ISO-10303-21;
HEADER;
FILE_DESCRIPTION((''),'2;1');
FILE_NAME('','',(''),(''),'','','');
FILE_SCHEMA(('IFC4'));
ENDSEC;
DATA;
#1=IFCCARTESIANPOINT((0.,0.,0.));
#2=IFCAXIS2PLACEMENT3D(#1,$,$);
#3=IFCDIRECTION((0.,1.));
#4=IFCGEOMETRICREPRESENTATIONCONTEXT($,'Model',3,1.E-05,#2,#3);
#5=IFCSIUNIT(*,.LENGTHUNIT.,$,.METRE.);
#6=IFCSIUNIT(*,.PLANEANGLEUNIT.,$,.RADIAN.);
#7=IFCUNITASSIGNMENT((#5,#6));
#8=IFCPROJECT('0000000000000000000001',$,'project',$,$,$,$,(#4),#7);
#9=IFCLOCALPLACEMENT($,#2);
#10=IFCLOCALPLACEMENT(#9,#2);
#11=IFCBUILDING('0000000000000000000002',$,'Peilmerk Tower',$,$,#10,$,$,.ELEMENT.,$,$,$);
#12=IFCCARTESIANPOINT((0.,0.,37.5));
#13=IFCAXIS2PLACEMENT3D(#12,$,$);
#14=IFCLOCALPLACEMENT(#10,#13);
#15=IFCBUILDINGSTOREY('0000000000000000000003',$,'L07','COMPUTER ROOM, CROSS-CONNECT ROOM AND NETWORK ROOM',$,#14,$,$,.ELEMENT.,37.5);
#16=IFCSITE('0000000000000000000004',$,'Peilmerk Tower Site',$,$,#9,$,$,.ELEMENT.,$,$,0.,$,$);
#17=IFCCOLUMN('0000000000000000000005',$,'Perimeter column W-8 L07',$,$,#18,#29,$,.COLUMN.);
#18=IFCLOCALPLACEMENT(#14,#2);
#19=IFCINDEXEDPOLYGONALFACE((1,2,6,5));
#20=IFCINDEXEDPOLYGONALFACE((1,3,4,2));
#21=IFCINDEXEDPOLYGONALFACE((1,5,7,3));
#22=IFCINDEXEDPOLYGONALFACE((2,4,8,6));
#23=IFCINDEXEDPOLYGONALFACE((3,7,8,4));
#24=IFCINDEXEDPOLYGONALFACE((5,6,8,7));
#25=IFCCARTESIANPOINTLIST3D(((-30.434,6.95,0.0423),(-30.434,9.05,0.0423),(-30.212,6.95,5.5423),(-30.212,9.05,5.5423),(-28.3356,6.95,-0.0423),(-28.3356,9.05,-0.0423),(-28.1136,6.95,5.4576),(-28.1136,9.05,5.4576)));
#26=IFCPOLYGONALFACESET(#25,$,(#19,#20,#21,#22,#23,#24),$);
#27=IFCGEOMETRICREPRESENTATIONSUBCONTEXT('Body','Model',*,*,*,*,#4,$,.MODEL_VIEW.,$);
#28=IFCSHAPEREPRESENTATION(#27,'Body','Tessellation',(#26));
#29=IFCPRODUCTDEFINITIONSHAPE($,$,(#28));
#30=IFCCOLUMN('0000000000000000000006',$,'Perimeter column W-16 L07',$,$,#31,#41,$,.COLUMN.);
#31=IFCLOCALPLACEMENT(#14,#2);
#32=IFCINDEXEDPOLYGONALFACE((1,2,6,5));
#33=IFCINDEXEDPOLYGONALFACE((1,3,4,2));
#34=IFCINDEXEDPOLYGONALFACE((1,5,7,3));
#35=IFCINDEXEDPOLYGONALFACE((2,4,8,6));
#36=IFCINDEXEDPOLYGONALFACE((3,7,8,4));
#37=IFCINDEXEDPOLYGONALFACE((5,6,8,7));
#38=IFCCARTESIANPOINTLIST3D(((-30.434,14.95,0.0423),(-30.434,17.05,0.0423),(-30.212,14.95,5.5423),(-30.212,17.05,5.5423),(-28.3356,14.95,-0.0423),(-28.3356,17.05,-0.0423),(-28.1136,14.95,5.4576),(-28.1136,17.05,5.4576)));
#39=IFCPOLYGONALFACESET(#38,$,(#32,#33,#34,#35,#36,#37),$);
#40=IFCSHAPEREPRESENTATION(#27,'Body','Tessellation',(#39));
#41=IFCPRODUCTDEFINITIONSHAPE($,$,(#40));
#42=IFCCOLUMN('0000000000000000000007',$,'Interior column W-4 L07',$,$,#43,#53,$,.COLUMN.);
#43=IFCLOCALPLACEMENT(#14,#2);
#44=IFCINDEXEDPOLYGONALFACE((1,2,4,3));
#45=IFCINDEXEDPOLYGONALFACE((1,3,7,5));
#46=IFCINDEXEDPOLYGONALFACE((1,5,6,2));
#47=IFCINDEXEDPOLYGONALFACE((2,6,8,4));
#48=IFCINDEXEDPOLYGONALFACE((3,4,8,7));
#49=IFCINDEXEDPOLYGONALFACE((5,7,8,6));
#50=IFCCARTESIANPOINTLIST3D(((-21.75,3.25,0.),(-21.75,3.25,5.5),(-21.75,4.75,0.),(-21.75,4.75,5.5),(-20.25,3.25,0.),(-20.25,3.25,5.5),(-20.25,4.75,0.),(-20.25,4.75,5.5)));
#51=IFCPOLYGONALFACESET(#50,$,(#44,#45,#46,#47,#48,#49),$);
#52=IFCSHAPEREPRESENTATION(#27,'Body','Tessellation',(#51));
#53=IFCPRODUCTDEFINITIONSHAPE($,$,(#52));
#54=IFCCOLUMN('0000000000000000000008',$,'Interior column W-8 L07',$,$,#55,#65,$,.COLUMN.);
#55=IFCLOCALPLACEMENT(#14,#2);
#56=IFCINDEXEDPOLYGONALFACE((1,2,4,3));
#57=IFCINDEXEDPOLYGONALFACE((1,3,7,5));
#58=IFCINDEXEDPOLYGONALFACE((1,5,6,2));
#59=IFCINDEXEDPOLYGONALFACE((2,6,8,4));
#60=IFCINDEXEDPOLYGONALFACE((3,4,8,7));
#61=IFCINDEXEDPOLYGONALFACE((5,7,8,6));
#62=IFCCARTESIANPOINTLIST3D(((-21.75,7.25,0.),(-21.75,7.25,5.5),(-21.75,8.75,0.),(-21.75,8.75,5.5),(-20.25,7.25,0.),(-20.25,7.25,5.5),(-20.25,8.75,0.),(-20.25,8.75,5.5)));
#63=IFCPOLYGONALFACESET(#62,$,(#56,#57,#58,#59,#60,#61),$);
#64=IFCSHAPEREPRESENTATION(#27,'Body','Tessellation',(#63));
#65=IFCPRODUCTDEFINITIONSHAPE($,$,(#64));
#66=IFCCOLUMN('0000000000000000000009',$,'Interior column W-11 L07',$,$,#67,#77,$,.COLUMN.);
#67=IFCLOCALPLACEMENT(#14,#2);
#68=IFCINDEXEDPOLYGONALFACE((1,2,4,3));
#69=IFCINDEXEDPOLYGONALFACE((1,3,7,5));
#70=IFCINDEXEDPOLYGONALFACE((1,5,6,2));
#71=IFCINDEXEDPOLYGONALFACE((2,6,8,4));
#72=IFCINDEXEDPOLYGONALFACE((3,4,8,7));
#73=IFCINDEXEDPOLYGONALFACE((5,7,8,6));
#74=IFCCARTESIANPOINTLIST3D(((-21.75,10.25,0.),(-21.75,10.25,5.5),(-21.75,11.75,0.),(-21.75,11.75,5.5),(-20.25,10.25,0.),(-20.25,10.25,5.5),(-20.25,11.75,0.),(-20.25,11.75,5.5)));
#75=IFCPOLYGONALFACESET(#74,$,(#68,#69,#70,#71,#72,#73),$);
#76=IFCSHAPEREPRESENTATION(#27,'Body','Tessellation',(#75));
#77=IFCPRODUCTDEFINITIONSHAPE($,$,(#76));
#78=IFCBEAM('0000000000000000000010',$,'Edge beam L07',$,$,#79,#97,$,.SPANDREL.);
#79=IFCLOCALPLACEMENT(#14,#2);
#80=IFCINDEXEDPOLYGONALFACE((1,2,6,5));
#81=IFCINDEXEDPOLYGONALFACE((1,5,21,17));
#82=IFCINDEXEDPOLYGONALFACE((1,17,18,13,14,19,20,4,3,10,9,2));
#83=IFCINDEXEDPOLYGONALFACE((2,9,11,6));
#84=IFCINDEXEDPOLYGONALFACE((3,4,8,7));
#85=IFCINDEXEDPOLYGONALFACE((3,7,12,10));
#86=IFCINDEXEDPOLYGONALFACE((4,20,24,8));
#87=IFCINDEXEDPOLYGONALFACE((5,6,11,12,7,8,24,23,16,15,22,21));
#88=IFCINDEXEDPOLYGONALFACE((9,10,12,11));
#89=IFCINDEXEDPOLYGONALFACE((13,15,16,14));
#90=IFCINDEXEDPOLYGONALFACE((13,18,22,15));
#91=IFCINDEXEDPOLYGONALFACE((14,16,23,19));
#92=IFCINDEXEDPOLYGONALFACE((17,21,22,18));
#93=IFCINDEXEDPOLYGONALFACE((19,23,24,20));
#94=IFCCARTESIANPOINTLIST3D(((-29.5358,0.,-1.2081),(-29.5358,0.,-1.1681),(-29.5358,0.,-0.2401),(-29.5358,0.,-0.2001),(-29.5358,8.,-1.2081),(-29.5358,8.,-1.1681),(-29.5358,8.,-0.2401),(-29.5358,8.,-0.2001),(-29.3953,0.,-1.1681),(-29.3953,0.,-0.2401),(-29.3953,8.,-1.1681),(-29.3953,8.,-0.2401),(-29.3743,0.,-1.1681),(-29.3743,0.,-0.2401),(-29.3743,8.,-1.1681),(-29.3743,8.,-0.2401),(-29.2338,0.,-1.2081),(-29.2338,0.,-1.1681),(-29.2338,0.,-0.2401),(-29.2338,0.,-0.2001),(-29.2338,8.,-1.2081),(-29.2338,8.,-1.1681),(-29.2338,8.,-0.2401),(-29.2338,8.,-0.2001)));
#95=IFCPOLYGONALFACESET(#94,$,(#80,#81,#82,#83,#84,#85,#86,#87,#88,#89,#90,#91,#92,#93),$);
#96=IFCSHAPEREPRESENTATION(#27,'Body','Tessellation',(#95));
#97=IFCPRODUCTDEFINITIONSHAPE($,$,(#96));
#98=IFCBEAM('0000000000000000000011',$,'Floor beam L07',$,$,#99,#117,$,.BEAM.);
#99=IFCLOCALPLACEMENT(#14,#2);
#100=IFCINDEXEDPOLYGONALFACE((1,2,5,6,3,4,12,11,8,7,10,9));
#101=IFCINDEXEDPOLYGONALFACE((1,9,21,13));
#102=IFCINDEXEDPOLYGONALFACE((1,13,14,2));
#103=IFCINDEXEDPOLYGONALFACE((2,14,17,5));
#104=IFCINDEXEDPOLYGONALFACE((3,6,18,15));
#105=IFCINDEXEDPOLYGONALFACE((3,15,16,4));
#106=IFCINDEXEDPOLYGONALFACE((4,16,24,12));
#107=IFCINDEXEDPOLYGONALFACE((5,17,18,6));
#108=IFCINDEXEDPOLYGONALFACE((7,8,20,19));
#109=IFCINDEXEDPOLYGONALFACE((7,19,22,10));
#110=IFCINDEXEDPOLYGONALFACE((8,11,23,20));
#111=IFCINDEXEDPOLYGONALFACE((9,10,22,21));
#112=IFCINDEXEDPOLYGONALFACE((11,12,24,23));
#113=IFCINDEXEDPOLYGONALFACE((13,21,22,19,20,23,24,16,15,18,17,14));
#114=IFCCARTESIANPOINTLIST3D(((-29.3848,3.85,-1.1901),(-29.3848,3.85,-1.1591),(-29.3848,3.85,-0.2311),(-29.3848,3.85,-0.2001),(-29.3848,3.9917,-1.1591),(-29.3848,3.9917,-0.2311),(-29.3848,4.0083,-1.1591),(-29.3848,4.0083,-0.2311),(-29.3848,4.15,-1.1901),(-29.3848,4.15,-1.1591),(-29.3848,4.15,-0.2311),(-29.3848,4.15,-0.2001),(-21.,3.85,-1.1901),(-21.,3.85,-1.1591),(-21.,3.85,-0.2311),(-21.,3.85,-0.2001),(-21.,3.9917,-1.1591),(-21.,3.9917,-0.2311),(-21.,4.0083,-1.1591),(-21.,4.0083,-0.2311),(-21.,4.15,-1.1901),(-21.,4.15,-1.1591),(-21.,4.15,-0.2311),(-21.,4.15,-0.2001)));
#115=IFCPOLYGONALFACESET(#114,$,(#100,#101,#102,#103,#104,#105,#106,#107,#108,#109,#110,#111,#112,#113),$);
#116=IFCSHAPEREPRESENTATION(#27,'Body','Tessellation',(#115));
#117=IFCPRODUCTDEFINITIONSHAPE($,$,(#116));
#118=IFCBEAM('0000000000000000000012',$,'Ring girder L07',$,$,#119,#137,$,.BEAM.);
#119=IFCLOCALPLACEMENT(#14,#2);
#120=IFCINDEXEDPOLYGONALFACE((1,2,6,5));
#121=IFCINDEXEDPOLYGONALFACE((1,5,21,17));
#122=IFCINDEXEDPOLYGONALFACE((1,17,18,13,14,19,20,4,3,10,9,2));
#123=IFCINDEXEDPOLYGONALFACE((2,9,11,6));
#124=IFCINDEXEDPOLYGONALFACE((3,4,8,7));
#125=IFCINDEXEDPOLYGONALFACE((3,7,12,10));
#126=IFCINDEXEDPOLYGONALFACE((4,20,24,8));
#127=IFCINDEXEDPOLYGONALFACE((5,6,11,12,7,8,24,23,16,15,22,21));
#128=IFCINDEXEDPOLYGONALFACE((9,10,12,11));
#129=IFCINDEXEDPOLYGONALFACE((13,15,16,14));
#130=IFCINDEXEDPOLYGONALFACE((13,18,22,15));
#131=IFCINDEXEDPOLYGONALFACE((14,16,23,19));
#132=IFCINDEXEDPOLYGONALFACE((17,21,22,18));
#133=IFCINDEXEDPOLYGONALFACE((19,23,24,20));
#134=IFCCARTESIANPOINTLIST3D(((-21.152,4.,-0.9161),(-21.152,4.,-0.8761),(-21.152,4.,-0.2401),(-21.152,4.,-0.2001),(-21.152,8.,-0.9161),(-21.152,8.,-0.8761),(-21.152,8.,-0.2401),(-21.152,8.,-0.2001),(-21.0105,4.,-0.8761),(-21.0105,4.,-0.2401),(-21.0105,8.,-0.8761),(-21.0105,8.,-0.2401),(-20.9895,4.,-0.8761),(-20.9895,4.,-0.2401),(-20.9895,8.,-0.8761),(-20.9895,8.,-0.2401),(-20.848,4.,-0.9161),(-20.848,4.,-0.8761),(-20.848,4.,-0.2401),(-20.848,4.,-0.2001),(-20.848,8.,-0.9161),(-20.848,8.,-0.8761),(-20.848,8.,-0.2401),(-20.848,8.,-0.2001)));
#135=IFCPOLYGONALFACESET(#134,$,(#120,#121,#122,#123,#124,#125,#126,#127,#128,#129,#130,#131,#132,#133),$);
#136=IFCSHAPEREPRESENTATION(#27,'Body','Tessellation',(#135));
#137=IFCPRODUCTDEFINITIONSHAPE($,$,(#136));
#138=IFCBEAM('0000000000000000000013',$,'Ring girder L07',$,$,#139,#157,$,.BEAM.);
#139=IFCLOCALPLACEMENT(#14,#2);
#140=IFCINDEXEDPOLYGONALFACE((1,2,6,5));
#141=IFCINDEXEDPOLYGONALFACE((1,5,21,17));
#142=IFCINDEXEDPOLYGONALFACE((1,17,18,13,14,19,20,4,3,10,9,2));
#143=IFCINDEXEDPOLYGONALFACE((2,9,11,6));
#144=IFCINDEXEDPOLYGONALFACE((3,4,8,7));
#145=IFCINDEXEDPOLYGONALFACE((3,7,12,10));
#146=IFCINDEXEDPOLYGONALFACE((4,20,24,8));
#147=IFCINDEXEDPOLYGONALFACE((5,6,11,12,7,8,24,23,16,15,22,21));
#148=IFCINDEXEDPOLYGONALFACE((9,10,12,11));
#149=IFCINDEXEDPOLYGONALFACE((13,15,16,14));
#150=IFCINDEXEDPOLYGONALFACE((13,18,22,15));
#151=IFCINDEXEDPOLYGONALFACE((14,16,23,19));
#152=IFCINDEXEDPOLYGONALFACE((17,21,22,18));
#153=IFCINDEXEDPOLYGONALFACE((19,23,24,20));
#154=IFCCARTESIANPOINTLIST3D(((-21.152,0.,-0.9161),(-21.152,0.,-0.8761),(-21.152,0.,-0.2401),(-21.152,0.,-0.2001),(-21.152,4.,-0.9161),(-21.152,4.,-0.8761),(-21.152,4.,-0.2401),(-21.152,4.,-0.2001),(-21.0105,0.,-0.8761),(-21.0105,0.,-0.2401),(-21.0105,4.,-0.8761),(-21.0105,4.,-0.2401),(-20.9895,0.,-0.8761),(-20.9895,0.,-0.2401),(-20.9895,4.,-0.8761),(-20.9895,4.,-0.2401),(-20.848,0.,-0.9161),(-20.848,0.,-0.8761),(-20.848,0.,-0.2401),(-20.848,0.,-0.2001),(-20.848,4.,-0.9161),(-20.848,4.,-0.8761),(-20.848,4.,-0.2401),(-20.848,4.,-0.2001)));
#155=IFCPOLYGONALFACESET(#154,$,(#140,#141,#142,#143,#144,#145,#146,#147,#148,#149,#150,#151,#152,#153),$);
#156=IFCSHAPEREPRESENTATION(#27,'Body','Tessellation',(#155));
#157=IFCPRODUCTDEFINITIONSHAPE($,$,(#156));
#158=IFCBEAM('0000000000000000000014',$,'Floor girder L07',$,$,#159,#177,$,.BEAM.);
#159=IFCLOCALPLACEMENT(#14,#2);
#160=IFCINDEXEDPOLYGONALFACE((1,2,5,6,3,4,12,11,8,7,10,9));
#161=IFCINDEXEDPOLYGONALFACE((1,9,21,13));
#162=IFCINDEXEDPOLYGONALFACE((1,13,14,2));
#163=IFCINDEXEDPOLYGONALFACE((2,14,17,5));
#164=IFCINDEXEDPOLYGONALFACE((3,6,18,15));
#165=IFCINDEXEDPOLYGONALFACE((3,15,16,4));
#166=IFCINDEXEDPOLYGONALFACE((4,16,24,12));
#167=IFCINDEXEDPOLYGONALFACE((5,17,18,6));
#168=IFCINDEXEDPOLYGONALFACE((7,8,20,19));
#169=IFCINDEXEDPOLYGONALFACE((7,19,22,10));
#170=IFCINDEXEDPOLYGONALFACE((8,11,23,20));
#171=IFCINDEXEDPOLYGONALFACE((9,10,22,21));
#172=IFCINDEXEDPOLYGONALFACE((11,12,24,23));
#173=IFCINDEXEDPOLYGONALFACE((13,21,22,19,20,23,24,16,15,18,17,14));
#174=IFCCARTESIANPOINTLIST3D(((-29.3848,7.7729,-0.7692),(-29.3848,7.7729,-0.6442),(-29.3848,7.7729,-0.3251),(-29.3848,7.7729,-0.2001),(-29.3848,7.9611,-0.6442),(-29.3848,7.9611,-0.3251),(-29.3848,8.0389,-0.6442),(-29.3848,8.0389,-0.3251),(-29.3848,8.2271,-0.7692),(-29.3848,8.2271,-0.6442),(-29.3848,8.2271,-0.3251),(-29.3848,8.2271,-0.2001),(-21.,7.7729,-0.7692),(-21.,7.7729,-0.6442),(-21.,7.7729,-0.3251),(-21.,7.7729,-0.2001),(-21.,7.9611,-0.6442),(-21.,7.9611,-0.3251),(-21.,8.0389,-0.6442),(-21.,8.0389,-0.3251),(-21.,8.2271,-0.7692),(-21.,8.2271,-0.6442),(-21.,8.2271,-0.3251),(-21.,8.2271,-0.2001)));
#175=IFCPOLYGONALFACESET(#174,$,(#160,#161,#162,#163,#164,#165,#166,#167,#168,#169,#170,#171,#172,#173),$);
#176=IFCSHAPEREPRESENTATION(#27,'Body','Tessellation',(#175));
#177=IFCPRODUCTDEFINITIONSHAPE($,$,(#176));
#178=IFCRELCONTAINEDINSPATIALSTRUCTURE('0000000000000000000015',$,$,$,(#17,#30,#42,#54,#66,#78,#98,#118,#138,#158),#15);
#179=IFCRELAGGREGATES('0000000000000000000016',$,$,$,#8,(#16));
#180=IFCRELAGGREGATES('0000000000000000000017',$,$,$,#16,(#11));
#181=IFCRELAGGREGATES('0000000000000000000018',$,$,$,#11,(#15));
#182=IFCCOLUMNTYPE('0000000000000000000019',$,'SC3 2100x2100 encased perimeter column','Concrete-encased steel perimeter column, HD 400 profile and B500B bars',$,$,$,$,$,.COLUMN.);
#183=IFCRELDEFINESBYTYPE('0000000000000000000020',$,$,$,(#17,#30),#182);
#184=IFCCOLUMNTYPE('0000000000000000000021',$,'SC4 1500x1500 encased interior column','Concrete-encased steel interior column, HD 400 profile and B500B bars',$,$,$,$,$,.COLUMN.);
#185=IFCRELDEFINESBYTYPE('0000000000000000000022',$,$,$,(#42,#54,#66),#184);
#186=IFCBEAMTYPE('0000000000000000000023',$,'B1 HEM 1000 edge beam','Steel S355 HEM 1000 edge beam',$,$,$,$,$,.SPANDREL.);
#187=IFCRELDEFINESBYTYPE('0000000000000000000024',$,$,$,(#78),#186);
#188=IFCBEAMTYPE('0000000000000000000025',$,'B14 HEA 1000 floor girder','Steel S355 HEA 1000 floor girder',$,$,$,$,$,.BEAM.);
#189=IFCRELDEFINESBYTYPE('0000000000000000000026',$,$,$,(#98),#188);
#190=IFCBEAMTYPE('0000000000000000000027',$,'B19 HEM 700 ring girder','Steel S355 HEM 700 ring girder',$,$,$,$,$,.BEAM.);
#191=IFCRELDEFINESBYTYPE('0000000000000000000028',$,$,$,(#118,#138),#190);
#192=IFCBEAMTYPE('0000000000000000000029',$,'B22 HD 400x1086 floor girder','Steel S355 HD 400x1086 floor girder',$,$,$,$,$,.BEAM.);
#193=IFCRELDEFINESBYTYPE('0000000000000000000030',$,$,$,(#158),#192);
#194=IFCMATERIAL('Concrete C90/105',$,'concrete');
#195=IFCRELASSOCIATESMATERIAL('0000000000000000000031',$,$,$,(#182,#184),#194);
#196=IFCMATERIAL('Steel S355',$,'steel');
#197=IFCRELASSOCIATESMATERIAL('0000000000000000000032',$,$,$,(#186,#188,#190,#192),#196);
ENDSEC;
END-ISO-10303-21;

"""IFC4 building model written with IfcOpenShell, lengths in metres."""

from ifc_helpers import new_model, si_unit, direction, frame, origin, origin_2d, place, context, subcontext, project, spatial, rectangle, i_section, extrude, material, material_profile, profile_set, type_object, element, save


model = new_model("IFC4")

# Units and contexts
model_context = context("Model", 3, precision=1e-05, world=origin(), true_north=direction((0.0, 1.0)))
body_context = subcontext(model_context, "Body", "Model", "MODEL_VIEW")
ifc_project = project(units=[si_unit("LENGTHUNIT", "METRE"), si_unit("PLANEANGLEUNIT", "RADIAN")], contexts=[model_context])

# Site, building, storey
site_placement = place(None, origin())
site = spatial("IfcSite", under=ifc_project, at=site_placement, Name="Peilmerk Tower Site", CompositionType="ELEMENT", RefElevation=0.0)
building_placement = place(site_placement, origin())
building = spatial("IfcBuilding", under=site, at=building_placement, Name="Peilmerk Tower", CompositionType="ELEMENT")
storey_placement = place(building_placement, frame((0.0, 0.0, 37.5)))
storey = spatial("IfcBuildingStorey", under=building, at=storey_placement, Name="L07", Description="COMPUTER ROOM, CROSS-CONNECT ROOM AND NETWORK ROOM", CompositionType="ELEMENT", Elevation=37.5)

# Columns
ifc_material_1 = material(Name="Concrete C90/105", Category="concrete")
ifc_material_profile_1 = material_profile(ifc_material_1, rectangle(XDim=2.1001, YDim=2.1001, at=origin_2d()), Name="RC 2100x2100")
ifc_profile_set_1 = profile_set([ifc_material_profile_1], Name="Concrete C90/105")
column_type_1 = type_object("IfcColumnType", Name="SC3 2100x2100 encased perimeter column", Description="Concrete-encased steel perimeter column, HD 400 profile and B500B bars", PredefinedType="COLUMN", material=ifc_profile_set_1)
for number, where, z_axis, x_axis, name in (
    (1, (-29.3848, 8.0, 0.0), (0.040317, 0.0, 0.999187), (0.0, 1.0, 0.0), "Perimeter column W-8 L07"),
    (2, (-29.3848, 16.0, 0.0), (0.040317, 0.0, 0.999187), (0.0, 1.0, 0.0), "Perimeter column W-16 L07"),
):
    element("IfcColumn", number, at=place(storey_placement, frame(where, z_axis=z_axis, x_axis=x_axis)), inside=storey, type_object=column_type_1, Name=name, PredefinedType="COLUMN", context=body_context, shape_type="SweptSolid", body=[
        extrude(rectangle(XDim=2.1001, YDim=2.1001, at=origin_2d()), origin(), (0.0, 0.0, 1.0), 5.5044),
    ])
ifc_material_profile_2 = material_profile(ifc_material_1, rectangle(XDim=1.5, YDim=1.5, at=origin_2d()), Name="RC 1500x1500")
ifc_profile_set_2 = profile_set([ifc_material_profile_2], Name="Concrete C90/105")
column_type_2 = type_object("IfcColumnType", Name="SC4 1500x1500 encased interior column", Description="Concrete-encased steel interior column, HD 400 profile and B500B bars", PredefinedType="COLUMN", material=ifc_profile_set_2)
for number, where, z_axis, x_axis, name in (
    (3, (-21.0, 4.0, 0.0), (0.0, 0.0, 1.0), (1.0, 0.0, 0.0), "Interior column W-4 L07"),
    (4, (-21.0, 8.0, 0.0), (0.0, 0.0, 1.0), (1.0, 0.0, 0.0), "Interior column W-8 L07"),
    (5, (-21.0, 11.0, 0.0), (0.0, 0.0, 1.0), (1.0, 0.0, 0.0), "Interior column W-11 L07"),
):
    element("IfcColumn", number, at=place(storey_placement, frame(where, z_axis=z_axis, x_axis=x_axis)), inside=storey, type_object=column_type_2, Name=name, PredefinedType="COLUMN", context=body_context, shape_type="SweptSolid", body=[
        extrude(rectangle(XDim=1.5, YDim=1.5, at=origin_2d()), origin(), (0.0, 0.0, 1.0), 5.5),
    ])

# Beams
ifc_material_2 = material(Name="Steel S355", Category="steel")
ifc_material_profile_3 = material_profile(ifc_material_2, i_section(OverallWidth=0.302, OverallDepth=1.0081, WebThickness=0.021, FlangeThickness=0.04, at=origin_2d()), Name="HEM 1000")
ifc_profile_set_3 = profile_set([ifc_material_profile_3], Name="Steel S355")
beam_type_1 = type_object("IfcBeamType", Name="B1 HEM 1000 edge beam", Description="Steel S355 HEM 1000 edge beam", PredefinedType="SPANDREL", material=ifc_profile_set_3)
beam_1_placement = place(storey_placement, frame((-29.3848, 8.0, -0.7041), z_axis=(0.0, -1.0, 0.0), x_axis=(1.0, 0.0, 0.0)))
element("IfcBeam", 6, at=beam_1_placement, inside=storey, type_object=beam_type_1, Name="Edge beam L07", PredefinedType="SPANDREL", context=body_context, shape_type="SweptSolid", body=[
    extrude(i_section(OverallWidth=0.302, OverallDepth=1.0081, WebThickness=0.021, FlangeThickness=0.04, at=origin_2d()), origin(), (0.0, 0.0, 1.0), 8.0),
])
ifc_material_profile_4 = material_profile(ifc_material_2, i_section(OverallWidth=0.3, OverallDepth=0.99, WebThickness=0.0166, FlangeThickness=0.031, at=origin_2d()), Name="HEA 1000")
ifc_profile_set_4 = profile_set([ifc_material_profile_4], Name="Steel S355")
beam_type_2 = type_object("IfcBeamType", Name="B14 HEA 1000 floor girder", Description="Steel S355 HEA 1000 floor girder", PredefinedType="BEAM", material=ifc_profile_set_4)
beam_2_placement = place(storey_placement, frame((-21.0, 4.0, -0.6951), z_axis=(-1.0, 0.0, 0.0), x_axis=(0.0, -1.0, 0.0)))
element("IfcBeam", 7, at=beam_2_placement, inside=storey, type_object=beam_type_2, Name="Floor beam L07", PredefinedType="BEAM", context=body_context, shape_type="SweptSolid", body=[
    extrude(i_section(OverallWidth=0.3, OverallDepth=0.99, WebThickness=0.0166, FlangeThickness=0.031, at=origin_2d()), origin(), (0.0, 0.0, 1.0), 8.3848),
])
ifc_material_profile_5 = material_profile(ifc_material_2, i_section(OverallWidth=0.304, OverallDepth=0.7161, WebThickness=0.021, FlangeThickness=0.04, at=origin_2d()), Name="HEM 700")
ifc_profile_set_5 = profile_set([ifc_material_profile_5], Name="Steel S355")
beam_type_3 = type_object("IfcBeamType", Name="B19 HEM 700 ring girder", Description="Steel S355 HEM 700 ring girder", PredefinedType="BEAM", material=ifc_profile_set_5)
for number, where, z_axis, x_axis, name in (
    (8, (-21.0, 8.0, -0.5581), (0.0, -1.0, 0.0), (1.0, 0.0, 0.0), "Ring girder L07"),
    (9, (-21.0, 4.0, -0.5581), (0.0, -1.0, 0.0), (1.0, 0.0, 0.0), "Ring girder L07"),
):
    element("IfcBeam", number, at=place(storey_placement, frame(where, z_axis=z_axis, x_axis=x_axis)), inside=storey, type_object=beam_type_3, Name=name, PredefinedType="BEAM", context=body_context, shape_type="SweptSolid", body=[
        extrude(i_section(OverallWidth=0.304, OverallDepth=0.7161, WebThickness=0.021, FlangeThickness=0.04, at=origin_2d()), origin(), (0.0, 0.0, 1.0), 4.0),
    ])
ifc_material_profile_6 = material_profile(ifc_material_2, i_section(OverallWidth=0.4541, OverallDepth=0.5691, WebThickness=0.0779, FlangeThickness=0.125, at=origin_2d()), Name="HD 400x1086")
ifc_profile_set_6 = profile_set([ifc_material_profile_6], Name="Steel S355")
beam_type_4 = type_object("IfcBeamType", Name="B22 HD 400x1086 floor girder", Description="Steel S355 HD 400x1086 floor girder", PredefinedType="BEAM", material=ifc_profile_set_6)
beam_3_placement = place(storey_placement, frame((-21.0, 8.0, -0.4846), z_axis=(-1.0, 0.0, 0.0), x_axis=(0.0, -1.0, 0.0)))
element("IfcBeam", 10, at=beam_3_placement, inside=storey, type_object=beam_type_4, Name="Floor girder L07", PredefinedType="BEAM", context=body_context, shape_type="SweptSolid", body=[
    extrude(i_section(OverallWidth=0.4541, OverallDepth=0.5691, WebThickness=0.0779, FlangeThickness=0.125, at=origin_2d()), origin(), (0.0, 0.0, 1.0), 8.3848),
])

save(model, "model.ifc")
